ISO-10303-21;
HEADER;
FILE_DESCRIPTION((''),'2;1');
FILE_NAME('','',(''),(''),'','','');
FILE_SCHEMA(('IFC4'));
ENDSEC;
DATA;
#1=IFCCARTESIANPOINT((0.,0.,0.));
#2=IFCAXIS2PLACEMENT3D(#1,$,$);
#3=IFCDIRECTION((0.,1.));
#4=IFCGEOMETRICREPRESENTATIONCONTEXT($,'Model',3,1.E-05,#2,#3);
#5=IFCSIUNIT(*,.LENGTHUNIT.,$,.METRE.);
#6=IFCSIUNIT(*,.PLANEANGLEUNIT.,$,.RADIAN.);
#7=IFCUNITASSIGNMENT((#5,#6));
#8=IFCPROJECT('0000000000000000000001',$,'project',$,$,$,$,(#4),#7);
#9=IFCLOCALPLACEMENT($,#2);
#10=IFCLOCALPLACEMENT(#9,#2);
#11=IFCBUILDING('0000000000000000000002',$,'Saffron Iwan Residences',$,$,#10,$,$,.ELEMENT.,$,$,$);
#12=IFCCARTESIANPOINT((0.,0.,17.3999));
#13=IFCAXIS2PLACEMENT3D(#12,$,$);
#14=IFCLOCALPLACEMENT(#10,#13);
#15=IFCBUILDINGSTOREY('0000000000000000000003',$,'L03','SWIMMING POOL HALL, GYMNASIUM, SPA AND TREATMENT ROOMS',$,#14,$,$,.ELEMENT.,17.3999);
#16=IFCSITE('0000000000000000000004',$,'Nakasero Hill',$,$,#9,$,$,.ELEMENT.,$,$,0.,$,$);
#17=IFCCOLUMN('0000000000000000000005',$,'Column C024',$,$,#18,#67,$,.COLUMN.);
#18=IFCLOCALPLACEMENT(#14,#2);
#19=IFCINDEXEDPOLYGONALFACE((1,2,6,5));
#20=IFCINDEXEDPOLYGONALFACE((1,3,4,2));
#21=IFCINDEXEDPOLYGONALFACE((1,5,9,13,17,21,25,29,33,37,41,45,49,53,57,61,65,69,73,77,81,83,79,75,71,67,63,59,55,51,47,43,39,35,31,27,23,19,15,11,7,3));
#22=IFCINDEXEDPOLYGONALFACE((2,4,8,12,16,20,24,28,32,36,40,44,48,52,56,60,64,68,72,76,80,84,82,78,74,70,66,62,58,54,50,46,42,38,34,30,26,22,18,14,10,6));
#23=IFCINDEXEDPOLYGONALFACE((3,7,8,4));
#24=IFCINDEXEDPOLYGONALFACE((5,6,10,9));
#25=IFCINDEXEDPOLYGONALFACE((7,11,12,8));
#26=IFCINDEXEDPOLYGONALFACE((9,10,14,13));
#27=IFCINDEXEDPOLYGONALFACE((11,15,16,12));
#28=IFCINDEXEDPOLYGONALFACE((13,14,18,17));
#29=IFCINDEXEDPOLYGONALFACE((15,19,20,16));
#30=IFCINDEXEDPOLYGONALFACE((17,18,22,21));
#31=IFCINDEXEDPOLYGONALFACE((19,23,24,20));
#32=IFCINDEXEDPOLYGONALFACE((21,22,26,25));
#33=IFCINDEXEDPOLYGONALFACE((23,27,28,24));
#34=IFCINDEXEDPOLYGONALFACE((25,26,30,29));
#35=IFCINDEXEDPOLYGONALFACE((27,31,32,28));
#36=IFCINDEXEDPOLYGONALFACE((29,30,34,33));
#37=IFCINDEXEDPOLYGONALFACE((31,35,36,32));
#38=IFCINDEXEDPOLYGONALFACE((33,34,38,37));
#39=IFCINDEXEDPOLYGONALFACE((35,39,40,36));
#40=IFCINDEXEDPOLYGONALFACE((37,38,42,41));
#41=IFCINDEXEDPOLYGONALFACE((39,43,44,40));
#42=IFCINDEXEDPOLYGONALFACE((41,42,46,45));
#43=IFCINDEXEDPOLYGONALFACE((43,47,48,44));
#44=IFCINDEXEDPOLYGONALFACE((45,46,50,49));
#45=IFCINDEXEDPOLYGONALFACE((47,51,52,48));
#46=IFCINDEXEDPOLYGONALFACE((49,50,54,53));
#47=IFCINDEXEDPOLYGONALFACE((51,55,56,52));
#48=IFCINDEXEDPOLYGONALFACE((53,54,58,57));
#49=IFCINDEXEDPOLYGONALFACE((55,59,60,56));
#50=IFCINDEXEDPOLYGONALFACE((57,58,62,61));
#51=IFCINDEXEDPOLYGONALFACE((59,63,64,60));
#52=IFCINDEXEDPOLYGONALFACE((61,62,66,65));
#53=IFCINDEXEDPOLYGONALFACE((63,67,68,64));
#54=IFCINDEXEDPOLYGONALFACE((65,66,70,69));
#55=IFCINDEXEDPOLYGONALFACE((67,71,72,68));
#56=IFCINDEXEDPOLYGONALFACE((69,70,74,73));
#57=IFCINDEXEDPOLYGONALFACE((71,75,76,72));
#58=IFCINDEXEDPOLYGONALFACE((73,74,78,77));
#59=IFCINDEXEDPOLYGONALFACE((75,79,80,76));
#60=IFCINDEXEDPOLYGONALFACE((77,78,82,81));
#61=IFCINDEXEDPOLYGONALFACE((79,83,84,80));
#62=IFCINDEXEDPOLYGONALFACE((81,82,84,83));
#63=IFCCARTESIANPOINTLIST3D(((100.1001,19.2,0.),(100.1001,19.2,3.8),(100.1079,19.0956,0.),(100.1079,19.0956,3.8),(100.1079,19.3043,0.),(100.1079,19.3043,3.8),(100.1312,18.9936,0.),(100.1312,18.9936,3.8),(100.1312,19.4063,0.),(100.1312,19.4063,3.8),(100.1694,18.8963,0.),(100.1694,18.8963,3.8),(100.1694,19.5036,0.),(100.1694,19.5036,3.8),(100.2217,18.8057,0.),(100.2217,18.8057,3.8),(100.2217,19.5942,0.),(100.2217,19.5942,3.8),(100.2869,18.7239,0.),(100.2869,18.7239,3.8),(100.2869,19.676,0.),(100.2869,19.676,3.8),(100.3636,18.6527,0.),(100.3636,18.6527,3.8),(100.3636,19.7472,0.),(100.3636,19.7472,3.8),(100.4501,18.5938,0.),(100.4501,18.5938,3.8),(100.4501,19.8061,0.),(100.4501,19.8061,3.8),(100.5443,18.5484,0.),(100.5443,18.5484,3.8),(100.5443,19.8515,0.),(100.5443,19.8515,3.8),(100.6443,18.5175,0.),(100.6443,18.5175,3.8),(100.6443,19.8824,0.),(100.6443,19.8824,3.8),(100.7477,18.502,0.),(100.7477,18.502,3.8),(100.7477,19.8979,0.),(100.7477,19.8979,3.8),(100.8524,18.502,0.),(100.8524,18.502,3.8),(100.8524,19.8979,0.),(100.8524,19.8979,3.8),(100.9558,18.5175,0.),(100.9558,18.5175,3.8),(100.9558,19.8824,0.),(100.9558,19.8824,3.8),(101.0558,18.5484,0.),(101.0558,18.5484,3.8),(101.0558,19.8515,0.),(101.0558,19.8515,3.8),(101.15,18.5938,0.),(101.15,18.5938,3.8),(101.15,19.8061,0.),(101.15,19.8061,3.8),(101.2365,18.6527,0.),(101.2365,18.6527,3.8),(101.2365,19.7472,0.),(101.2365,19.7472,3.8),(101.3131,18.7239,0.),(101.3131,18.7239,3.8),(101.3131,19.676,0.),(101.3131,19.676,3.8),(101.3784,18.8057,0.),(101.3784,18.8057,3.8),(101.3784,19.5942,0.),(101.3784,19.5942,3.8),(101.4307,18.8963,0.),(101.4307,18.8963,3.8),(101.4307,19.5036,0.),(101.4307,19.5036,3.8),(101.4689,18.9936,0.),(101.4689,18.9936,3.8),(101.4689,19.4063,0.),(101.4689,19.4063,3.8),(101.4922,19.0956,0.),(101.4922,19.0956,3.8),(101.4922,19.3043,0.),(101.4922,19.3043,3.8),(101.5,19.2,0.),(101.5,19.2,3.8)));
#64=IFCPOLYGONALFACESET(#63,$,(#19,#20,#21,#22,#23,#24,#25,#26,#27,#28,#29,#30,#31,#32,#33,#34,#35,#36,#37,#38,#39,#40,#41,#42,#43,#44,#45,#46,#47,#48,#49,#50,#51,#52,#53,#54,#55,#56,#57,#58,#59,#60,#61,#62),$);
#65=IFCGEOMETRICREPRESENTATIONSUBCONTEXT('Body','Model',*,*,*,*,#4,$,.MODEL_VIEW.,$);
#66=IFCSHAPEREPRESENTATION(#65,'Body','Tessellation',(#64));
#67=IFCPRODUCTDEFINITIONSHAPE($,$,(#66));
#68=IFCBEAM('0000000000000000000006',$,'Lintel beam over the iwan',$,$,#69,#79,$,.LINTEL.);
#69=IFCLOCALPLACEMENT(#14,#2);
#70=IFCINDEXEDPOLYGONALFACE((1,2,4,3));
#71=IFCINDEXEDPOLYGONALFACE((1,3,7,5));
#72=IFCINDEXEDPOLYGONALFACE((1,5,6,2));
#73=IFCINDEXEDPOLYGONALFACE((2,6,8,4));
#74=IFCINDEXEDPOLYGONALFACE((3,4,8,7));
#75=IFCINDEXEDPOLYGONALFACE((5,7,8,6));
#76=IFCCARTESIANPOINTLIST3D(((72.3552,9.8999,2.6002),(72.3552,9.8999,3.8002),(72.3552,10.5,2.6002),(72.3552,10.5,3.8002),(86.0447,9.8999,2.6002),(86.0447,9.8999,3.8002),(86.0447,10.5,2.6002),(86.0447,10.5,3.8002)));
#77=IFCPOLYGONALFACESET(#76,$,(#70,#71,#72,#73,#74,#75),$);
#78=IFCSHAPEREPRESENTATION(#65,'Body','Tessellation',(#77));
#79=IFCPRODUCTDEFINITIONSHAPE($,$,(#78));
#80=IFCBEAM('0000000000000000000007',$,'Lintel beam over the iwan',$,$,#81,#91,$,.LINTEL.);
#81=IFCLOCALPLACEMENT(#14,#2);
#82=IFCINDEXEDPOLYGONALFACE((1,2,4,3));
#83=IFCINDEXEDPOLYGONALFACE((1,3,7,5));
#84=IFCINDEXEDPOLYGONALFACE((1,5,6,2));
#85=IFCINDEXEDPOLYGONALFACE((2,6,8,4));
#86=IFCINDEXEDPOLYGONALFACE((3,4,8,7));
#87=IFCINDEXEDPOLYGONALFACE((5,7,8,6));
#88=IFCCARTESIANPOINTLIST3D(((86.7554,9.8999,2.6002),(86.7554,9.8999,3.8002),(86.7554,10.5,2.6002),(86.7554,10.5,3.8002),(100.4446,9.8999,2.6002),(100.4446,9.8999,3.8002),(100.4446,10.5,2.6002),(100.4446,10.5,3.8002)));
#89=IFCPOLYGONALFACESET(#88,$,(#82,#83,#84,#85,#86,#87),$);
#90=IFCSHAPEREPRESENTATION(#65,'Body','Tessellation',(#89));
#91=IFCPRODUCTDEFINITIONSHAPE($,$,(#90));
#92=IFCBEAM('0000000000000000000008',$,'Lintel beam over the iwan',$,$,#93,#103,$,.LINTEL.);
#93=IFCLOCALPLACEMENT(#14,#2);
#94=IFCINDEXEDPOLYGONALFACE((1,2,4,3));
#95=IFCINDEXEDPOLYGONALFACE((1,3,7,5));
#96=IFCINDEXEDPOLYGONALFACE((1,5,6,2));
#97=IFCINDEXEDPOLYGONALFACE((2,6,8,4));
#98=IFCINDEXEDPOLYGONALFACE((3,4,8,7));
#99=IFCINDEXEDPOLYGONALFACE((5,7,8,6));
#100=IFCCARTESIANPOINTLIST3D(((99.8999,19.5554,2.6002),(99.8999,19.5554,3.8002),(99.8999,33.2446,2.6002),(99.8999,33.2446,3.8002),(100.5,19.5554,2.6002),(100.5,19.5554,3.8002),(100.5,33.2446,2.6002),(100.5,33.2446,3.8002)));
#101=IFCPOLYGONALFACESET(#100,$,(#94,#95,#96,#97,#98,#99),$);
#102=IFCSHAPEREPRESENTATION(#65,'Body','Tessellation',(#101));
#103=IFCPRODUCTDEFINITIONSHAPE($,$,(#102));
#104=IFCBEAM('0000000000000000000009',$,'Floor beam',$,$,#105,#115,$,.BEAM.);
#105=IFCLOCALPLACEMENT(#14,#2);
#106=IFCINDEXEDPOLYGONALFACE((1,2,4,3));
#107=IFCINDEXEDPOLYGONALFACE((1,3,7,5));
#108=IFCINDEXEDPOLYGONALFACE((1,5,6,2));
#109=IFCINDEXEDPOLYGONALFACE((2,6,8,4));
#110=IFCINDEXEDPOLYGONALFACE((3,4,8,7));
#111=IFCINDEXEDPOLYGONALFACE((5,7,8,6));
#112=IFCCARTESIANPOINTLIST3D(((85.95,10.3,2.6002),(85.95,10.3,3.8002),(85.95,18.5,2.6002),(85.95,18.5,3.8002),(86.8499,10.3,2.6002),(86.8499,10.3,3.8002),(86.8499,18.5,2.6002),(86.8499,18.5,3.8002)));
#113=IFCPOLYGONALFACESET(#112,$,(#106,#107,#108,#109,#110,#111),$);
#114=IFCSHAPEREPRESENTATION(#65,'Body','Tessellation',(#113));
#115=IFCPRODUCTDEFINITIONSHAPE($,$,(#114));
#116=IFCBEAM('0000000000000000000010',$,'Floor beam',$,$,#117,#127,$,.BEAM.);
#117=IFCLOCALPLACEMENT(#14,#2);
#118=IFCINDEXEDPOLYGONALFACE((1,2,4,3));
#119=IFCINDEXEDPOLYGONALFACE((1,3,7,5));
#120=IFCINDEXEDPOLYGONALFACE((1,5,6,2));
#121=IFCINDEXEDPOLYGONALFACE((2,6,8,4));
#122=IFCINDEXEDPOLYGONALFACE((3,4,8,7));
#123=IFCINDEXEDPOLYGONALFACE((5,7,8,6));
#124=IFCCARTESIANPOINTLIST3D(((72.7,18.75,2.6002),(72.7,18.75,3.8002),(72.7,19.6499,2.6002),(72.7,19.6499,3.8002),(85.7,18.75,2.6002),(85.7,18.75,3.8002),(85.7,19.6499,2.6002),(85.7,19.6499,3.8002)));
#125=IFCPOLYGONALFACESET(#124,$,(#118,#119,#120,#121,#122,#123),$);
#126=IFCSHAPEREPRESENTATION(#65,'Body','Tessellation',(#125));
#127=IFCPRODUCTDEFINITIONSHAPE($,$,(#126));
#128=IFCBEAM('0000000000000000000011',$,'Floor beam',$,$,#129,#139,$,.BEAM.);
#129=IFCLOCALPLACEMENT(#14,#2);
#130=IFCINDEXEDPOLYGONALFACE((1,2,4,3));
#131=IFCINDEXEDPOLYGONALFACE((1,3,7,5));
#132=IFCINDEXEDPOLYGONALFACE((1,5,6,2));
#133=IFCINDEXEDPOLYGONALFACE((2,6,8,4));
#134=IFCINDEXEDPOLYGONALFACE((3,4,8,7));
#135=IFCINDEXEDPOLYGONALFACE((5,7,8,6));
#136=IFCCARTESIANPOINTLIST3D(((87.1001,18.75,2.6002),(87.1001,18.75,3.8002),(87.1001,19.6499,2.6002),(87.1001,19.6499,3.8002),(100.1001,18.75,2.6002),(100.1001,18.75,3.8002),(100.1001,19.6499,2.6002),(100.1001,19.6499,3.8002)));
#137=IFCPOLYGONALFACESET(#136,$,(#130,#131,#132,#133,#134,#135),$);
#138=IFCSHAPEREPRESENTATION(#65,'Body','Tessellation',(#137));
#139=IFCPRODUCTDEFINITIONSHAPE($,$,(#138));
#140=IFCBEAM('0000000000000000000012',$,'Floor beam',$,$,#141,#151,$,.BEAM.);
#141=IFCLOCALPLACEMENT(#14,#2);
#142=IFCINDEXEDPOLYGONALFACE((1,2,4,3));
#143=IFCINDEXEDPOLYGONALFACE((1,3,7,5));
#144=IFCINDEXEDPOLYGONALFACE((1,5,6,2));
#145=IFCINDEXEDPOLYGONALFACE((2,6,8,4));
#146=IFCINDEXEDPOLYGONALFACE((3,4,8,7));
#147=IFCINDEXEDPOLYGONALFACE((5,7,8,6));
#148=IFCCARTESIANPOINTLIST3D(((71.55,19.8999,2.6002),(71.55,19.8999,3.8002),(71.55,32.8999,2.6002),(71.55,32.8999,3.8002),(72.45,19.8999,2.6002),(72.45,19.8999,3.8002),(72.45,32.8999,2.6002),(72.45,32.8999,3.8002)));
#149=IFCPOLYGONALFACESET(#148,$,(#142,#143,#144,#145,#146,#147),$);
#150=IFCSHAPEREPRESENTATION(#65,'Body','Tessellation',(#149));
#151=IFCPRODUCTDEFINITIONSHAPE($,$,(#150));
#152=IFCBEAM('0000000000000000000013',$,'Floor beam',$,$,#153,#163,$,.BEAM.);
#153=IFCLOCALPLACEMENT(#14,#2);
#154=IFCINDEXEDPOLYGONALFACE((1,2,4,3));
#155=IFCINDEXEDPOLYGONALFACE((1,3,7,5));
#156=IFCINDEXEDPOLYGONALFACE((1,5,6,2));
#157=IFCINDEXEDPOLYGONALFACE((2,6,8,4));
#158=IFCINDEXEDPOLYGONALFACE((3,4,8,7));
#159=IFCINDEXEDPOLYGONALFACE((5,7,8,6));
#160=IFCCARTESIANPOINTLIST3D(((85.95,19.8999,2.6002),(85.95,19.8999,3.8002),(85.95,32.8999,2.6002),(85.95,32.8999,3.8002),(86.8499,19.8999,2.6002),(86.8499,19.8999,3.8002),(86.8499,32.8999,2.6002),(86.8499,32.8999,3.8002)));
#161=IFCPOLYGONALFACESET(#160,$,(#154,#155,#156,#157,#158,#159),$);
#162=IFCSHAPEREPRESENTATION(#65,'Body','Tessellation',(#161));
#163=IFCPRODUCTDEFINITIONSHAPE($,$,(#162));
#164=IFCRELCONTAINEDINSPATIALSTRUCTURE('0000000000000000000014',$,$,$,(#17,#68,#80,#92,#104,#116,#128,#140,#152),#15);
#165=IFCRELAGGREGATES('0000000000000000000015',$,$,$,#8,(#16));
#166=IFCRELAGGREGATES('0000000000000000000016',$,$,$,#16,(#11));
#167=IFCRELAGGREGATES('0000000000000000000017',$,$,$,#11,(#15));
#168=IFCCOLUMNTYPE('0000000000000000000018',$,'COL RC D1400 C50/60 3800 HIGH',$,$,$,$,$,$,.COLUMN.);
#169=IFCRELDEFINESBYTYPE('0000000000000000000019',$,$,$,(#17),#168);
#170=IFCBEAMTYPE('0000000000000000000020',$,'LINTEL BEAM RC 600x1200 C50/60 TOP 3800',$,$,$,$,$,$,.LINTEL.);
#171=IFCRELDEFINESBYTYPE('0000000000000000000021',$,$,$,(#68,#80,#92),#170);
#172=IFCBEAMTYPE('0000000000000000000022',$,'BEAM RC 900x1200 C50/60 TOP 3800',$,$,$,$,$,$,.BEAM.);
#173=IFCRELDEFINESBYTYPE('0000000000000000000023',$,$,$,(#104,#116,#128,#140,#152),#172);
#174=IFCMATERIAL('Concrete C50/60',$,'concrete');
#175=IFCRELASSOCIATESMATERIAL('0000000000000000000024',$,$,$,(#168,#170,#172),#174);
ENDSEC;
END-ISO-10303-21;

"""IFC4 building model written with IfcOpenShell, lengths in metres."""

from ifc_helpers import new_model, si_unit, direction, frame, origin, origin_2d, place, context, subcontext, project, spatial, rectangle, circle, extrude, source, transform, mapped, material, material_profile, profile_set, type_object, element, save


model = new_model("IFC4")

# Units and contexts
model_context = context("Model", 3, precision=1e-05, world=origin(), true_north=direction((0.0, 1.0)))
body_context = subcontext(model_context, "Body", "Model", "MODEL_VIEW")
ifc_project = project(units=[si_unit("LENGTHUNIT", "METRE"), si_unit("PLANEANGLEUNIT", "RADIAN")], contexts=[model_context])

# Site, building, storey
site_placement = place(None, origin())
site = spatial("IfcSite", under=ifc_project, at=site_placement, Name="Nakasero Hill", CompositionType="ELEMENT", RefElevation=0.0)
building_placement = place(site_placement, origin())
building = spatial("IfcBuilding", under=site, at=building_placement, Name="Saffron Iwan Residences", CompositionType="ELEMENT")
storey_placement = place(building_placement, frame((0.0, 0.0, 17.3999)))
storey = spatial("IfcBuildingStorey", under=building, at=storey_placement, Name="L03", Description="SWIMMING POOL HALL, GYMNASIUM, SPA AND TREATMENT ROOMS", CompositionType="ELEMENT", Elevation=17.3999)

# Column
ifc_material_1 = material(Name="Concrete C50/60", Category="concrete")
ifc_material_profile_1 = material_profile(ifc_material_1, circle(Radius=0.7, at=origin_2d()), Name="RC D1400")
ifc_profile_set_1 = profile_set([ifc_material_profile_1], Name="Concrete C50/60")
column_type = type_object("IfcColumnType", Name="COL RC D1400 C50/60 3800 HIGH", PredefinedType="COLUMN", material=ifc_profile_set_1)
shared_shape_1 = source(origin(), body_context, "Body", "SweptSolid", [
    extrude(circle(Radius=0.7, at=origin_2d()), origin(), (0.0, 0.0, 1.0), 3.8),
])
for number, where, z_axis, x_axis, name in (
    (1, (100.8, 19.2, 0.0), (0.0, 0.0, 1.0), (1.0, 0.0, 0.0), "Column C024"),
):
    element("IfcColumn", number, at=place(storey_placement, frame(where, z_axis=z_axis, x_axis=x_axis)), inside=storey, type_object=column_type, Name=name, PredefinedType="COLUMN", context=body_context, shape_type="MappedRepresentation", body=[
        mapped(shared_shape_1, transform((0.0, 0.0, 0.0))),
    ])

# Beams
ifc_material_profile_2 = material_profile(ifc_material_1, rectangle(XDim=0.6001, YDim=1.2, at=origin_2d()), Name="RC 600x1200")
ifc_profile_set_2 = profile_set([ifc_material_profile_2], Name="Concrete C50/60")
beam_type_1 = type_object("IfcBeamType", Name="LINTEL BEAM RC 600x1200 C50/60 TOP 3800", PredefinedType="LINTEL", material=ifc_profile_set_2)
shared_shape_2 = source(origin(), body_context, "Body", "SweptSolid", [
    extrude(rectangle(XDim=0.6001, YDim=1.2, at=origin_2d()), origin(), (0.0, 0.0, 1.0), 13.6895),
])
beam_1_placement = place(storey_placement, frame((86.0447, 10.2, 3.2002), z_axis=(-1.0, 0.0, 0.0), x_axis=(0.0, -1.0, 0.0)))
element("IfcBeam", 2, at=beam_1_placement, inside=storey, type_object=beam_type_1, Name="Lintel beam over the iwan", PredefinedType="LINTEL", context=body_context, shape_type="MappedRepresentation", body=[
    mapped(shared_shape_2, transform((0.0, 0.0, 0.0))),
])
shared_shape_3 = source(origin(), body_context, "Body", "SweptSolid", [
    extrude(rectangle(XDim=0.6001, YDim=1.2, at=origin_2d()), origin(), (0.0, 0.0, 1.0), 13.6892),
])
for number, where, z_axis, x_axis, name in (
    (3, (100.4446, 10.2, 3.2002), (-1.0, 0.0, 0.0), (0.0, -1.0, 0.0), "Lintel beam over the iwan"),
    (4, (100.2, 33.2446, 3.2002), (0.0, -1.0, 0.0), (1.0, 0.0, 0.0), "Lintel beam over the iwan"),
):
    element("IfcBeam", number, at=place(storey_placement, frame(where, z_axis=z_axis, x_axis=x_axis)), inside=storey, type_object=beam_type_1, Name=name, PredefinedType="LINTEL", context=body_context, shape_type="MappedRepresentation", body=[
        mapped(shared_shape_3, transform((0.0, 0.0, 0.0))),
    ])
ifc_material_profile_3 = material_profile(ifc_material_1, rectangle(XDim=0.8999, YDim=1.2, at=origin_2d()), Name="RC 900x1200")
ifc_profile_set_3 = profile_set([ifc_material_profile_3], Name="Concrete C50/60")
beam_type_2 = type_object("IfcBeamType", Name="BEAM RC 900x1200 C50/60 TOP 3800", PredefinedType="BEAM", material=ifc_profile_set_3)
shared_shape_4 = source(origin(), body_context, "Body", "SweptSolid", [
    extrude(rectangle(XDim=0.8999, YDim=1.2, at=origin_2d()), origin(), (0.0, 0.0, 1.0), 8.2),
])
beam_2_placement = place(storey_placement, frame((86.3999, 10.3, 3.2002), z_axis=(0.0, 1.0, 0.0), x_axis=(-1.0, 0.0, 0.0)))
element("IfcBeam", 5, at=beam_2_placement, inside=storey, type_object=beam_type_2, Name="Floor beam", PredefinedType="BEAM", context=body_context, shape_type="MappedRepresentation", body=[
    mapped(shared_shape_4, transform((0.0, 0.0, 0.0))),
])
shared_shape_5 = source(origin(), body_context, "Body", "SweptSolid", [
    extrude(rectangle(XDim=0.8999, YDim=1.2, at=origin_2d()), origin(), (0.0, 0.0, 1.0), 13.0),
])
for number, where, z_axis, x_axis, name in (
    (6, (72.7, 19.2, 3.2002), (1.0, 0.0, 0.0), (0.0, 1.0, 0.0), "Floor beam"),
    (7, (87.1001, 19.2, 3.2002), (1.0, 0.0, 0.0), (0.0, 1.0, 0.0), "Floor beam"),
    (8, (72.0, 19.8999, 3.2002), (0.0, 1.0, 0.0), (-1.0, 0.0, 0.0), "Floor beam"),
    (9, (86.3999, 19.8999, 3.2002), (0.0, 1.0, 0.0), (-1.0, 0.0, 0.0), "Floor beam"),
):
    element("IfcBeam", number, at=place(storey_placement, frame(where, z_axis=z_axis, x_axis=x_axis)), inside=storey, type_object=beam_type_2, Name=name, PredefinedType="BEAM", context=body_context, shape_type="MappedRepresentation", body=[
        mapped(shared_shape_5, transform((0.0, 0.0, 0.0))),
    ])

save(model, "model.ifc")
